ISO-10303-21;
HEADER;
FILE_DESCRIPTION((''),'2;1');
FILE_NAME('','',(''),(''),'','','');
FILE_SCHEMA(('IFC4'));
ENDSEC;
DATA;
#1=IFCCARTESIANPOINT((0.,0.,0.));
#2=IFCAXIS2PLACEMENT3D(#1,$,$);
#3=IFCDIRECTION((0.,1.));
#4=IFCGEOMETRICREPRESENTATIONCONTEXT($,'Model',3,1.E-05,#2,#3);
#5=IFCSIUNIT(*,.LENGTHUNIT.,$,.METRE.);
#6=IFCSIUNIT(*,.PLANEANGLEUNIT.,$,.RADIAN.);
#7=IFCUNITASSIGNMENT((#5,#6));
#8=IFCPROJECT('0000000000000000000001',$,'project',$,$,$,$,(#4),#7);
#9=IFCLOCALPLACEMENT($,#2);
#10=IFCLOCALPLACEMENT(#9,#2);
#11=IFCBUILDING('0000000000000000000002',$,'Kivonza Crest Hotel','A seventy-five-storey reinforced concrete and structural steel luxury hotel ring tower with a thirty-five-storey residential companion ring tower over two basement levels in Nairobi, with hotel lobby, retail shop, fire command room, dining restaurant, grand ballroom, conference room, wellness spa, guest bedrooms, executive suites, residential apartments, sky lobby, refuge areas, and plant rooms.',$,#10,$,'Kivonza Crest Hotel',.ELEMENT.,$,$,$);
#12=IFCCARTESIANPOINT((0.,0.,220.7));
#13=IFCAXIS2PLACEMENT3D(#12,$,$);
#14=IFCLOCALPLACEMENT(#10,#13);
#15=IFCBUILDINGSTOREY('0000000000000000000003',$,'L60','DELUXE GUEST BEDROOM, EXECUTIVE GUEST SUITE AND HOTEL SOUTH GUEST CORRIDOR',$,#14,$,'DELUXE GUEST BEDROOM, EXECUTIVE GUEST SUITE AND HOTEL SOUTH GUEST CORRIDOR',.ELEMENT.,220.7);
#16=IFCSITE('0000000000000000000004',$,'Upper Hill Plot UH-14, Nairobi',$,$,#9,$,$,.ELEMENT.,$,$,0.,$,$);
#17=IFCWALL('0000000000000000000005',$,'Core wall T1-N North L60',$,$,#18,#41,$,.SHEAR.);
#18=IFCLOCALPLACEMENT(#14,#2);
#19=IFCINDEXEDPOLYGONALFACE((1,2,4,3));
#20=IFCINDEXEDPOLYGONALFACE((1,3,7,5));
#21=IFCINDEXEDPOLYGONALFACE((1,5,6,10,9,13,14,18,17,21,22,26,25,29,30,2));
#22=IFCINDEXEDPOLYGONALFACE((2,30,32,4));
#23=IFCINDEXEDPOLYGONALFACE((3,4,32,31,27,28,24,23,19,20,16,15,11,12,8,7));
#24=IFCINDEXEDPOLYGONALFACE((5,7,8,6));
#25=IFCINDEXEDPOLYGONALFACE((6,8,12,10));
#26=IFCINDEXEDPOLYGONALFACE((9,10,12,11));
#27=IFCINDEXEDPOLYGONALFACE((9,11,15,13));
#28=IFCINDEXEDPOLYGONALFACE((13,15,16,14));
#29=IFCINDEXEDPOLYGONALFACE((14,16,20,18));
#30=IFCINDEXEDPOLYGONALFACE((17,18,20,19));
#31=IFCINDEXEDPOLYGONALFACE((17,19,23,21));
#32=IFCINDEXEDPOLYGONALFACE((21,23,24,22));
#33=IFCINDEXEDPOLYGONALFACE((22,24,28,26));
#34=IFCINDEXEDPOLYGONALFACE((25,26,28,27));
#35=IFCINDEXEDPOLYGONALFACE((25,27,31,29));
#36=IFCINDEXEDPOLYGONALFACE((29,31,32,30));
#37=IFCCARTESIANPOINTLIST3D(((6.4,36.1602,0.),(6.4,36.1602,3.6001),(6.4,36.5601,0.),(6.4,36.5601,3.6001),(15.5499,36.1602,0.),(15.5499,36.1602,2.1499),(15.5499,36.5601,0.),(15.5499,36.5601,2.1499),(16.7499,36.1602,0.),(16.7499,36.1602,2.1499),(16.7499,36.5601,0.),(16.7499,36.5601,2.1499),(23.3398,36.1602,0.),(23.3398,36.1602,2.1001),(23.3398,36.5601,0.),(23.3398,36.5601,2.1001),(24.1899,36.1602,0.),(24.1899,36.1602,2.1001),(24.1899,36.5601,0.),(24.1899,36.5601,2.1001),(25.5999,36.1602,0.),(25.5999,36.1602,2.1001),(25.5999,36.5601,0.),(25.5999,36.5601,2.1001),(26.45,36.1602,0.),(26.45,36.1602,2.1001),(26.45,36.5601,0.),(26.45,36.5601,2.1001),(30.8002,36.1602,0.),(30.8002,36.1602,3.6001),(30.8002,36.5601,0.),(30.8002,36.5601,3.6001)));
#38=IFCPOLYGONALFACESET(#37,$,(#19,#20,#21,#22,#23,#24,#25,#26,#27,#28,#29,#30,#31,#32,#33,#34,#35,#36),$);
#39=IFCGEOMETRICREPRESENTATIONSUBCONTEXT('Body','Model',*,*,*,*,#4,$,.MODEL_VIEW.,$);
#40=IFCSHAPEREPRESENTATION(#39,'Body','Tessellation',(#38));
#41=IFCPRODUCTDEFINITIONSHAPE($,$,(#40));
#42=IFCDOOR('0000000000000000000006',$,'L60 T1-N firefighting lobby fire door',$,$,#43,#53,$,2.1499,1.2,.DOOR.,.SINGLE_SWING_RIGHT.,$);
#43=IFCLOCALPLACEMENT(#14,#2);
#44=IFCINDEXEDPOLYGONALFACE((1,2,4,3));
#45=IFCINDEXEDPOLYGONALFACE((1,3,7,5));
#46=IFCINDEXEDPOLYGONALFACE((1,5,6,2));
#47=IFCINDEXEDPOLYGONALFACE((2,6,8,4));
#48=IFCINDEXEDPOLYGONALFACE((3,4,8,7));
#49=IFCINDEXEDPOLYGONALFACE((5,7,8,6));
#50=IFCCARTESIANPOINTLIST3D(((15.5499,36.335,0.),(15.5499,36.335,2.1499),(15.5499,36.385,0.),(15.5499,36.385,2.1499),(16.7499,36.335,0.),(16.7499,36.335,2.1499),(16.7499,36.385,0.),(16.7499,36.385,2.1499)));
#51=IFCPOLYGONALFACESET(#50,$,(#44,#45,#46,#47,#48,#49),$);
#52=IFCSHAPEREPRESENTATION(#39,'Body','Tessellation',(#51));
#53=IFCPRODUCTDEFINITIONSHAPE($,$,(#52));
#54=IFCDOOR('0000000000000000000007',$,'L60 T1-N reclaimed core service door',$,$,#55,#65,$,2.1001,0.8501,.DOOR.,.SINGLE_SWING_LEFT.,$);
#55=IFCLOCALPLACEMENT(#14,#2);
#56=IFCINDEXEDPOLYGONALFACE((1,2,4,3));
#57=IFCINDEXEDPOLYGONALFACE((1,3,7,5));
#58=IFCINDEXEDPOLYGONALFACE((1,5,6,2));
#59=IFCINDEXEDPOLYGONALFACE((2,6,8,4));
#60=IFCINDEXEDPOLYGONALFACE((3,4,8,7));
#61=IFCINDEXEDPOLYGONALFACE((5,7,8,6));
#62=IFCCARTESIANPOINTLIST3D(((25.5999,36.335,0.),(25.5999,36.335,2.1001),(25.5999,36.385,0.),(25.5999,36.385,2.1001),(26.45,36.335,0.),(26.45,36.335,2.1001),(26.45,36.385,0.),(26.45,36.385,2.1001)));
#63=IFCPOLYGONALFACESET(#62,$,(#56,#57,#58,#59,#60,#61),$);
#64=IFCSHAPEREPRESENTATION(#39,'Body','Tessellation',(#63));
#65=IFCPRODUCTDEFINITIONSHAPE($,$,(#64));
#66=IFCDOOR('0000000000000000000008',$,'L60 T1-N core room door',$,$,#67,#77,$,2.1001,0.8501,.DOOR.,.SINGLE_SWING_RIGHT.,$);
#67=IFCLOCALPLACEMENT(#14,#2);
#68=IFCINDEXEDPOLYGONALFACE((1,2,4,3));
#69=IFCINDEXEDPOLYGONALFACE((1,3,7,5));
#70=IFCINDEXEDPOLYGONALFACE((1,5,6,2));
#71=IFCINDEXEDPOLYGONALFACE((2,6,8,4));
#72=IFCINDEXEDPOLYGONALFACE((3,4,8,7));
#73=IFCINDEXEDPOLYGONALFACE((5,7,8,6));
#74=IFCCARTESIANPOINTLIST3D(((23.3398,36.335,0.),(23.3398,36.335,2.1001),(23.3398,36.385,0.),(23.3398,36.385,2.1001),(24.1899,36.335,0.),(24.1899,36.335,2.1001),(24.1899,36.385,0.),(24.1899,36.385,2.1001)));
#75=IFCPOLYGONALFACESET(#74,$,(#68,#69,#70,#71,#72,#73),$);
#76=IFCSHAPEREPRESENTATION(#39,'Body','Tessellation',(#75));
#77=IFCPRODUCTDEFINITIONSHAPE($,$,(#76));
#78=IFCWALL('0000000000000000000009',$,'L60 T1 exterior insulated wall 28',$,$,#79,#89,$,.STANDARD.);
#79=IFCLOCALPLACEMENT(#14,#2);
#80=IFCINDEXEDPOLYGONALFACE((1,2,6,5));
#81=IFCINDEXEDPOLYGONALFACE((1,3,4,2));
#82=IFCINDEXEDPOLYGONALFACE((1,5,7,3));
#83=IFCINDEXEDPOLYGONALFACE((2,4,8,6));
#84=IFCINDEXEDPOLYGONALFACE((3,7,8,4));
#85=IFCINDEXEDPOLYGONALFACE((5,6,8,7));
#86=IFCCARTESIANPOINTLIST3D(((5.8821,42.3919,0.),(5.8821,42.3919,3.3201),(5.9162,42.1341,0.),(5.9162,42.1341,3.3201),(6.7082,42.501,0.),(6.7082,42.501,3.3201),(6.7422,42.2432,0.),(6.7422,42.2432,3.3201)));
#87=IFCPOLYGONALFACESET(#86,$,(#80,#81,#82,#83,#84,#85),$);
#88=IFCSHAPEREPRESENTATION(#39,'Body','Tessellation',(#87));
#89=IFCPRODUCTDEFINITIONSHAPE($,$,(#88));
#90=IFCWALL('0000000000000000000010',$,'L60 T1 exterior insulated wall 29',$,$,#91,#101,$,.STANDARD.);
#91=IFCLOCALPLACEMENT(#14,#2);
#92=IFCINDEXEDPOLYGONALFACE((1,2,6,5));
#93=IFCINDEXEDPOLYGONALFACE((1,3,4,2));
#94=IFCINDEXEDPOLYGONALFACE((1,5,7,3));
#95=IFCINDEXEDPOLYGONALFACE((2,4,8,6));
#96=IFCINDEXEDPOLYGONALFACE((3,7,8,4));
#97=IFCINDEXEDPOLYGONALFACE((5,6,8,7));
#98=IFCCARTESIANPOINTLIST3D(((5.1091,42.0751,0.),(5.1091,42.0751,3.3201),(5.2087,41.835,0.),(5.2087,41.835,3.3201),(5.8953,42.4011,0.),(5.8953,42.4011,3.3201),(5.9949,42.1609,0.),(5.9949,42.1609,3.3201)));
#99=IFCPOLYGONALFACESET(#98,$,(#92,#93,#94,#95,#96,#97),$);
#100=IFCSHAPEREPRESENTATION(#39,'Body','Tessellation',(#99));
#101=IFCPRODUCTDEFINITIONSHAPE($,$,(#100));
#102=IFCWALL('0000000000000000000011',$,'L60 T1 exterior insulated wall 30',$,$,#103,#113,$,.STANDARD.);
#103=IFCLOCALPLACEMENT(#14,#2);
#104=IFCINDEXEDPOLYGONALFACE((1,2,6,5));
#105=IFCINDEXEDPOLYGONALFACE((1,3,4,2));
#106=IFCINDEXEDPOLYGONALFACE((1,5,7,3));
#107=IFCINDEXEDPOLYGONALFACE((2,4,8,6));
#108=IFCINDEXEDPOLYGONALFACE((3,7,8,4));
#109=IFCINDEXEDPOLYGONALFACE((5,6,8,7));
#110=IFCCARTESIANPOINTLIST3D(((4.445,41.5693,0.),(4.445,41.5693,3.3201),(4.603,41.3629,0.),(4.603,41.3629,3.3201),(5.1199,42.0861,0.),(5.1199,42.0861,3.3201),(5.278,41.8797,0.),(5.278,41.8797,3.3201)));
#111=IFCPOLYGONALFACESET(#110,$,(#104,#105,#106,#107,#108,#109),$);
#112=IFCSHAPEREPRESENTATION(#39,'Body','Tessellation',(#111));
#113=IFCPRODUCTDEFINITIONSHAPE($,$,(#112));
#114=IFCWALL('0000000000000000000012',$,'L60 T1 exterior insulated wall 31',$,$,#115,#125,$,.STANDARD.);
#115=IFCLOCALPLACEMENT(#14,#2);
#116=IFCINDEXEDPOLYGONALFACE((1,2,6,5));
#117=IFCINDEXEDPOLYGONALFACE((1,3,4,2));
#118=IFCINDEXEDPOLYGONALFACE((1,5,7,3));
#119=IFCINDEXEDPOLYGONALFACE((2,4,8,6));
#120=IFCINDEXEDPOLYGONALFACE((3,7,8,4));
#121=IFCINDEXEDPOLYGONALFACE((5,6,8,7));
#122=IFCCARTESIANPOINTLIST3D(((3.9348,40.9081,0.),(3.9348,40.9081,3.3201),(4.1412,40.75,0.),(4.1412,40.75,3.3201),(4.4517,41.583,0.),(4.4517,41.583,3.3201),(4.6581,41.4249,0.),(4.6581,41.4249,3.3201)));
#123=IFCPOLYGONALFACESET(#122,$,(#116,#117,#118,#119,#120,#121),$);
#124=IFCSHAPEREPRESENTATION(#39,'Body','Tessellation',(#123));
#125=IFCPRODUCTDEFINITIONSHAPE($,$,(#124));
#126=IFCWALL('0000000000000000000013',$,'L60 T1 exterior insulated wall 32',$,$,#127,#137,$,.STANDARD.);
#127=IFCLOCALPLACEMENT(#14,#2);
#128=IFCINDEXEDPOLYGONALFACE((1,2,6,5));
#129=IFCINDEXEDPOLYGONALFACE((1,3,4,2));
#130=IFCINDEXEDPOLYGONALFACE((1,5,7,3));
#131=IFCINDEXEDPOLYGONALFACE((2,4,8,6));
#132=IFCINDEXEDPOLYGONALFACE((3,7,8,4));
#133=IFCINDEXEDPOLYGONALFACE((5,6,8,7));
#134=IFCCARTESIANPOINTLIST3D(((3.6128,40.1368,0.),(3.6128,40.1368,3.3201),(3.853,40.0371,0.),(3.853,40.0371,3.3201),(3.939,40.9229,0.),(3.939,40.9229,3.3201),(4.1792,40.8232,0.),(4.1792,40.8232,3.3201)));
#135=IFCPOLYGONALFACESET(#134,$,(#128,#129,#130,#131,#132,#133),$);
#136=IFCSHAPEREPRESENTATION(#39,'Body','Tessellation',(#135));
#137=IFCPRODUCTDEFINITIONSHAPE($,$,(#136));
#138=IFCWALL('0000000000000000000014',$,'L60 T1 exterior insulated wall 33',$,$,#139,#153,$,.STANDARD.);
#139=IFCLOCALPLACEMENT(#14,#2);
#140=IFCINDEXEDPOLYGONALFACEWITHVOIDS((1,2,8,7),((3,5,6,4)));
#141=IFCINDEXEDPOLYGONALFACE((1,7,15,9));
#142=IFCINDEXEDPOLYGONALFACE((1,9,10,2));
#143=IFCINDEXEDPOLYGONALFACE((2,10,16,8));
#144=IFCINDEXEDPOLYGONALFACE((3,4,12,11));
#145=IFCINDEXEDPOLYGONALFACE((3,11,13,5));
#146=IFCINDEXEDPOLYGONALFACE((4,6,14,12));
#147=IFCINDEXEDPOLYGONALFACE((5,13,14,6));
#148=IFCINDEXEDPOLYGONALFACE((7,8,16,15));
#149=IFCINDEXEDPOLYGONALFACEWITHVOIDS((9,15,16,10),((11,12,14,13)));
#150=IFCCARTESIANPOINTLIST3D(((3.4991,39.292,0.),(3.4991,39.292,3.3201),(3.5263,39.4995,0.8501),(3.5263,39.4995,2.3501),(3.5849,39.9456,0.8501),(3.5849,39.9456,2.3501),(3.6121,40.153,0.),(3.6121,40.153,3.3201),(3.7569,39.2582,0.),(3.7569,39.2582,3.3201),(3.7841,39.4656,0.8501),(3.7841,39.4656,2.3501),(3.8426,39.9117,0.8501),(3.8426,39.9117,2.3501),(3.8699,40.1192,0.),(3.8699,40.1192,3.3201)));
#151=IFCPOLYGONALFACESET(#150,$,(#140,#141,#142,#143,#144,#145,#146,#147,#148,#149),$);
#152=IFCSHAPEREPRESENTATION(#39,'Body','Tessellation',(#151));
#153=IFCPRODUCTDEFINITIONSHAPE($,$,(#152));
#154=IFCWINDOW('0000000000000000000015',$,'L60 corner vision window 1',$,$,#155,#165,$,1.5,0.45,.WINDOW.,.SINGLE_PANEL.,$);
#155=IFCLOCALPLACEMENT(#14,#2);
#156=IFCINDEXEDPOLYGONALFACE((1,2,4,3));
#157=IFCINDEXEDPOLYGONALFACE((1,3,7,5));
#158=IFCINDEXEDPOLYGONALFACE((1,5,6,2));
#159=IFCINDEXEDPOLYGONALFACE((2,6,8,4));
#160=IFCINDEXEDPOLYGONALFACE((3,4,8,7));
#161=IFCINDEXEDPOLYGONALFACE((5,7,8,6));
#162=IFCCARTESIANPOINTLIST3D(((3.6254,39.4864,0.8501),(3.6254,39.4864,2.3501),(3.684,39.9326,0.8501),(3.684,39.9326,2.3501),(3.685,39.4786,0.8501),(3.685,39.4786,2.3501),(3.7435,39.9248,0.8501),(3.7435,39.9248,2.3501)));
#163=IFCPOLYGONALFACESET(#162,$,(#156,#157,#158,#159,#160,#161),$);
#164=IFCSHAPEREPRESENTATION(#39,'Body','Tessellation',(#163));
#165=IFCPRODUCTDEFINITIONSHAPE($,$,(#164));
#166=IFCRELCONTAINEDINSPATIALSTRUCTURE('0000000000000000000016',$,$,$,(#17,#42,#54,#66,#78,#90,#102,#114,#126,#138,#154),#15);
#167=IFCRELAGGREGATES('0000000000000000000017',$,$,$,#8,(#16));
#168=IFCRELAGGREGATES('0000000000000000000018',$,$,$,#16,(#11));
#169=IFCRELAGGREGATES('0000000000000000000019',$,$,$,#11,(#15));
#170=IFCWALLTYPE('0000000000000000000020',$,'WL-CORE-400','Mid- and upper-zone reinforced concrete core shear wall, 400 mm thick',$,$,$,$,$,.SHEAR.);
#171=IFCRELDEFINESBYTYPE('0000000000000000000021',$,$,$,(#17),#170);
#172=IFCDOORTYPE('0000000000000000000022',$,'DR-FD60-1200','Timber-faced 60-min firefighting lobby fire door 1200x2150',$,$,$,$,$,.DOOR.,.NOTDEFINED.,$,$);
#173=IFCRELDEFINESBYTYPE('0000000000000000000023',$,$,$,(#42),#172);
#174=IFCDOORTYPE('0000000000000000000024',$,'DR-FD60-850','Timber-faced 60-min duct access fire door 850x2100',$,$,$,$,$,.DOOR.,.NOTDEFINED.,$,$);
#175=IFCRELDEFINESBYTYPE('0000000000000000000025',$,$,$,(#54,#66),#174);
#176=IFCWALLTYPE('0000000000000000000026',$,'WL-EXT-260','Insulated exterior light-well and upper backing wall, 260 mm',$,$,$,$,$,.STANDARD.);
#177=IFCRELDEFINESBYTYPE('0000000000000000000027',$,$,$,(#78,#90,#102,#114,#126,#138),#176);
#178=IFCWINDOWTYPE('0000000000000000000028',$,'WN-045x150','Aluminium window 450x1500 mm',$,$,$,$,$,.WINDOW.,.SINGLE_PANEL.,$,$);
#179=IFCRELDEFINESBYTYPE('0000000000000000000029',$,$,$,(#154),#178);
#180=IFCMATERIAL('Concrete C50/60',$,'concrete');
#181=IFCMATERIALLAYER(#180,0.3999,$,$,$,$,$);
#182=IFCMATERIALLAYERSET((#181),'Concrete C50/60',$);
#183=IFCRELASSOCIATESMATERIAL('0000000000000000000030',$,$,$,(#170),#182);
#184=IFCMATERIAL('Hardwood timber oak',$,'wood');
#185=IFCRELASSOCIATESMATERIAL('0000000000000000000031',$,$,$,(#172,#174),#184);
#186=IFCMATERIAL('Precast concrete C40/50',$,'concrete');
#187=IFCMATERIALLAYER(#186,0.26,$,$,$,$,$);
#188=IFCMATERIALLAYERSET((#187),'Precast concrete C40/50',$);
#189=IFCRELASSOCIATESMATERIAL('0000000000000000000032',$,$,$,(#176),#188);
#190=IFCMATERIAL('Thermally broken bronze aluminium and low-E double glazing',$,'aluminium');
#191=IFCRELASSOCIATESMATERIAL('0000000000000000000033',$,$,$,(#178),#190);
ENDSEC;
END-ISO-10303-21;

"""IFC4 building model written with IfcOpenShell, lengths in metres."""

from ifc_helpers import new_model, si_unit, direction, frame, frame_2d, origin, place, context, subcontext, project, spatial, rectangle, extrude, material, layer, layer_set, type_object, element, fill, save


model = new_model("IFC4")

# Units and contexts
model_context = context("Model", 3, precision=1e-05, world=origin(), true_north=direction((0.0, 1.0)))
body_context = subcontext(model_context, "Body", "Model", "MODEL_VIEW")
ifc_project = project(units=[si_unit("LENGTHUNIT", "METRE"), si_unit("PLANEANGLEUNIT", "RADIAN")], contexts=[model_context])

# Site, building, storey
site_placement = place(None, origin())
site = spatial("IfcSite", under=ifc_project, at=site_placement, Name="Upper Hill Plot UH-14, Nairobi", CompositionType="ELEMENT", RefElevation=0.0)
building_placement = place(site_placement, origin())
building = spatial("IfcBuilding", under=site, at=building_placement, Name="Kivonza Crest Hotel", Description="A seventy-five-storey reinforced concrete and structural steel luxury hotel ring tower with a thirty-five-storey residential companion ring tower over two basement levels in Nairobi, with hotel lobby, retail shop, fire command room, dining restaurant, grand ballroom, conference room, wellness spa, guest bedrooms, executive suites, residential apartments, sky lobby, refuge areas, and plant rooms.", LongName="Kivonza Crest Hotel", CompositionType="ELEMENT")
storey_placement = place(building_placement, frame((0.0, 0.0, 220.7)))
storey = spatial("IfcBuildingStorey", under=building, at=storey_placement, Name="L60", Description="DELUXE GUEST BEDROOM, EXECUTIVE GUEST SUITE AND HOTEL SOUTH GUEST CORRIDOR", LongName="DELUXE GUEST BEDROOM, EXECUTIVE GUEST SUITE AND HOTEL SOUTH GUEST CORRIDOR", CompositionType="ELEMENT", Elevation=220.7)

# Shared definitions
ifc_material_1 = material(Name="Concrete C50/60", Category="concrete")

# Shared definitions
ifc_material_2 = material(Name="Hardwood timber oak", Category="wood")

# Wall, openings, doors
ifc_layer_1 = layer(ifc_material_1, 0.3999)
ifc_layer_set_1 = layer_set([ifc_layer_1], Name="Concrete C50/60")
wall_type_1 = type_object("IfcWallType", Name="WL-CORE-400", Description="Mid- and upper-zone reinforced concrete core shear wall, 400 mm thick", PredefinedType="SHEAR", material=ifc_layer_set_1)
wall_1_placement = place(storey_placement, frame((6.3999, 36.3601, 0.0), z_axis=(0.0, 0.0, 1.0), x_axis=(1.0, 0.0, 0.0)))
wall_1 = element("IfcWall", 1, at=wall_1_placement, inside=storey, type_object=wall_type_1, Name="Core wall T1-N North L60", PredefinedType="SHEAR", context=body_context, shape_type="SweptSolid", body=[
    extrude(rectangle(XDim=24.4001, YDim=0.3999, at=frame_2d((12.2002, 0.0))), origin(), (0.0, 0.0, 1.0), 3.6001),
])
opening_1_placement = place(wall_1_placement, frame((9.1499, 0.0, 0.0)))
opening_1 = element("IfcOpeningElement", 2, at=opening_1_placement, cuts=wall_1, PredefinedType="OPENING", context=body_context, shape_type="SweptSolid", body=[
    extrude(rectangle(XDim=1.2, YDim=2.1499, at=frame_2d((0.6001, 1.075))), frame((0.0, 0.21, 0.0), z_axis=(0.0, -1.0, 0.0), x_axis=(1.0, 0.0, 0.0)), (0.0, 0.0, 1.0), 0.4199),
])
opening_2_placement = place(wall_1_placement, frame((19.2, 0.0, 0.0)))
opening_2 = element("IfcOpeningElement", 3, at=opening_2_placement, cuts=wall_1, PredefinedType="OPENING", context=body_context, shape_type="SweptSolid", body=[
    extrude(rectangle(XDim=0.8501, YDim=2.1001, at=frame_2d((0.425, 1.05))), frame((0.0, 0.21, 0.0), z_axis=(0.0, -1.0, 0.0), x_axis=(1.0, 0.0, 0.0)), (0.0, 0.0, 1.0), 0.4199),
])
opening_3_placement = place(wall_1_placement, frame((16.9399, 0.0, 0.0)))
opening_3 = element("IfcOpeningElement", 4, at=opening_3_placement, cuts=wall_1, PredefinedType="OPENING", context=body_context, shape_type="SweptSolid", body=[
    extrude(rectangle(XDim=0.8501, YDim=2.1001, at=frame_2d((0.425, 1.05))), frame((0.0, 0.21, 0.0), z_axis=(0.0, -1.0, 0.0), x_axis=(1.0, 0.0, 0.0)), (0.0, 0.0, 1.0), 0.4199),
])
door_type_1 = type_object("IfcDoorType", Name="DR-FD60-1200", Description="Timber-faced 60-min firefighting lobby fire door 1200x2150", OperationType="NOTDEFINED", PredefinedType="DOOR", material=ifc_material_2)
door_1_placement = place(opening_1_placement, origin())
door_1 = element("IfcDoor", 5, at=door_1_placement, inside=storey, type_object=door_type_1, Name="L60 T1-N firefighting lobby fire door", OperationType="SINGLE_SWING_RIGHT", OverallHeight=2.1499, OverallWidth=1.2, PredefinedType="DOOR", context=body_context, shape_type="SweptSolid", body=[
    extrude(rectangle(XDim=1.2, YDim=2.1499, at=frame_2d((0.6001, 1.075))), frame((0.0, 0.0249, 0.0), z_axis=(0.0, -1.0, 0.0), x_axis=(1.0, 0.0, 0.0)), (0.0, 0.0, 1.0), 0.05),
])
fill(opening_1, door_1)
door_type_2 = type_object("IfcDoorType", Name="DR-FD60-850", Description="Timber-faced 60-min duct access fire door 850x2100", OperationType="NOTDEFINED", PredefinedType="DOOR", material=ifc_material_2)
door_2_placement = place(opening_2_placement, origin())
door_2 = element("IfcDoor", 6, at=door_2_placement, inside=storey, type_object=door_type_2, Name="L60 T1-N reclaimed core service door", OperationType="SINGLE_SWING_LEFT", OverallHeight=2.1001, OverallWidth=0.8501, PredefinedType="DOOR", context=body_context, shape_type="SweptSolid", body=[
    extrude(rectangle(XDim=0.8501, YDim=2.1001, at=frame_2d((0.425, 1.05))), frame((0.0, 0.0249, 0.0), z_axis=(0.0, -1.0, 0.0), x_axis=(1.0, 0.0, 0.0)), (0.0, 0.0, 1.0), 0.05),
])
fill(opening_2, door_2)
door_3_placement = place(opening_3_placement, origin())
door_3 = element("IfcDoor", 7, at=door_3_placement, inside=storey, type_object=door_type_2, Name="L60 T1-N core room door", OperationType="SINGLE_SWING_RIGHT", OverallHeight=2.1001, OverallWidth=0.8501, PredefinedType="DOOR", context=body_context, shape_type="SweptSolid", body=[
    extrude(rectangle(XDim=0.8501, YDim=2.1001, at=frame_2d((0.425, 1.05))), frame((0.0, 0.0249, 0.0), z_axis=(0.0, -1.0, 0.0), x_axis=(1.0, 0.0, 0.0)), (0.0, 0.0, 1.0), 0.05),
])
fill(opening_3, door_3)

# Walls
ifc_material_3 = material(Name="Precast concrete C40/50", Category="concrete")
ifc_layer_2 = layer(ifc_material_3, 0.26)
ifc_layer_set_2 = layer_set([ifc_layer_2], Name="Precast concrete C40/50")
wall_type_2 = type_object("IfcWallType", Name="WL-EXT-260", Description="Insulated exterior light-well and upper backing wall, 260 mm", PredefinedType="STANDARD", material=ifc_layer_set_2)
wall_2_placement = place(storey_placement, frame((6.7251, 42.3721, 0.0), z_axis=(0.0, 0.0, 1.0), x_axis=(-0.991388, -0.130955, 0.0)))
element("IfcWall", 8, at=wall_2_placement, inside=storey, type_object=wall_type_2, Name="L60 T1 exterior insulated wall 28", PredefinedType="STANDARD", context=body_context, shape_type="SweptSolid", body=[
    extrude(rectangle(XDim=0.8333, YDim=0.26, at=frame_2d((0.4165, 0.0))), origin(), (0.0, 0.0, 1.0), 3.3201),
])
wall_3_placement = place(storey_placement, frame((5.9451, 42.281, 0.0), z_axis=(0.0, 0.0, 1.0), x_axis=(-0.923754, -0.382985, 0.0)))
element("IfcWall", 9, at=wall_3_placement, inside=storey, type_object=wall_type_2, Name="L60 T1 exterior insulated wall 29", PredefinedType="STANDARD", context=body_context, shape_type="SweptSolid", body=[
    extrude(rectangle(XDim=0.8511, YDim=0.26, at=frame_2d((0.4255, 0.0))), origin(), (0.0, 0.0, 1.0), 3.3201),
])
for number, where, z_axis, x_axis, name in (
    (10, (5.199, 41.9829, 0.0), (0.0, 0.0, 1.0), (-0.793999, -0.607919, 0.0), "L60 T1 exterior insulated wall 30"),
    (11, (4.5549, 41.5039, 0.0), (0.0, 0.0, 1.0), (-0.608058, -0.793893, 0.0), "L60 T1 exterior insulated wall 31"),
):
    element("IfcWall", number, at=place(storey_placement, frame(where, z_axis=z_axis, x_axis=x_axis)), inside=storey, type_object=wall_type_2, Name=name, PredefinedType="STANDARD", context=body_context, shape_type="SweptSolid", body=[
        extrude(rectangle(XDim=0.8501, YDim=0.26, at=frame_2d((0.425, 0.0))), origin(), (0.0, 0.0, 1.0), 3.3201),
    ])
wall_4_placement = place(storey_placement, frame((4.0591, 40.873, 0.0), z_axis=(0.0, 0.0, 1.0), x_axis=(-0.38323, -0.923653, 0.0)))
element("IfcWall", 12, at=wall_4_placement, inside=storey, type_object=wall_type_2, Name="L60 T1 exterior insulated wall 32", PredefinedType="STANDARD", context=body_context, shape_type="SweptSolid", body=[
    extrude(rectangle(XDim=0.8511, YDim=0.26, at=frame_2d((0.4255, 0.0))), origin(), (0.0, 0.0, 1.0), 3.3201),
])

# Wall, opening, window
wall_5_placement = place(storey_placement, frame((3.741, 40.136, 0.0), z_axis=(0.0, 0.0, 1.0), x_axis=(-0.130156, -0.991493, 0.0)))
wall_5 = element("IfcWall", 13, at=wall_5_placement, inside=storey, type_object=wall_type_2, Name="L60 T1 exterior insulated wall 33", PredefinedType="STANDARD", context=body_context, shape_type="SweptSolid", body=[
    extrude(rectangle(XDim=0.8684, YDim=0.26, at=frame_2d((0.4341, 0.0))), origin(), (0.0, 0.0, 1.0), 3.3201),
])
opening_4_placement = place(wall_5_placement, frame((0.209, 0.0, 0.8501)))
opening_4 = element("IfcOpeningElement", 14, at=opening_4_placement, cuts=wall_5, PredefinedType="OPENING", context=body_context, shape_type="SweptSolid", body=[
    extrude(rectangle(XDim=0.45, YDim=1.5, at=frame_2d((0.2251, 0.75))), frame((0.0, 0.1401, 0.0), z_axis=(0.0, -1.0, 0.0), x_axis=(1.0, 0.0, 0.0)), (0.0, 0.0, 1.0), 0.28),
])
ifc_material_4 = material(Name="Thermally broken bronze aluminium and low-E double glazing", Category="aluminium")
window_type_1 = type_object("IfcWindowType", Name="WN-045x150", Description="Aluminium window 450x1500 mm", PartitioningType="SINGLE_PANEL", PredefinedType="WINDOW", material=ifc_material_4)
window_1_placement = place(opening_4_placement, origin())
window_1 = element("IfcWindow", 15, at=window_1_placement, inside=storey, type_object=window_type_1, Name="L60 corner vision window 1", OverallHeight=1.5, OverallWidth=0.45, PartitioningType="SINGLE_PANEL", PredefinedType="WINDOW", context=body_context, shape_type="SweptSolid", body=[
    extrude(rectangle(XDim=0.45, YDim=1.5, at=frame_2d((0.2251, 0.75))), frame((0.0, 0.03, 0.0), z_axis=(0.0, -1.0, 0.0), x_axis=(1.0, 0.0, 0.0)), (0.0, 0.0, 1.0), 0.0601),
])
fill(opening_4, window_1)

save(model, "model.ifc")
